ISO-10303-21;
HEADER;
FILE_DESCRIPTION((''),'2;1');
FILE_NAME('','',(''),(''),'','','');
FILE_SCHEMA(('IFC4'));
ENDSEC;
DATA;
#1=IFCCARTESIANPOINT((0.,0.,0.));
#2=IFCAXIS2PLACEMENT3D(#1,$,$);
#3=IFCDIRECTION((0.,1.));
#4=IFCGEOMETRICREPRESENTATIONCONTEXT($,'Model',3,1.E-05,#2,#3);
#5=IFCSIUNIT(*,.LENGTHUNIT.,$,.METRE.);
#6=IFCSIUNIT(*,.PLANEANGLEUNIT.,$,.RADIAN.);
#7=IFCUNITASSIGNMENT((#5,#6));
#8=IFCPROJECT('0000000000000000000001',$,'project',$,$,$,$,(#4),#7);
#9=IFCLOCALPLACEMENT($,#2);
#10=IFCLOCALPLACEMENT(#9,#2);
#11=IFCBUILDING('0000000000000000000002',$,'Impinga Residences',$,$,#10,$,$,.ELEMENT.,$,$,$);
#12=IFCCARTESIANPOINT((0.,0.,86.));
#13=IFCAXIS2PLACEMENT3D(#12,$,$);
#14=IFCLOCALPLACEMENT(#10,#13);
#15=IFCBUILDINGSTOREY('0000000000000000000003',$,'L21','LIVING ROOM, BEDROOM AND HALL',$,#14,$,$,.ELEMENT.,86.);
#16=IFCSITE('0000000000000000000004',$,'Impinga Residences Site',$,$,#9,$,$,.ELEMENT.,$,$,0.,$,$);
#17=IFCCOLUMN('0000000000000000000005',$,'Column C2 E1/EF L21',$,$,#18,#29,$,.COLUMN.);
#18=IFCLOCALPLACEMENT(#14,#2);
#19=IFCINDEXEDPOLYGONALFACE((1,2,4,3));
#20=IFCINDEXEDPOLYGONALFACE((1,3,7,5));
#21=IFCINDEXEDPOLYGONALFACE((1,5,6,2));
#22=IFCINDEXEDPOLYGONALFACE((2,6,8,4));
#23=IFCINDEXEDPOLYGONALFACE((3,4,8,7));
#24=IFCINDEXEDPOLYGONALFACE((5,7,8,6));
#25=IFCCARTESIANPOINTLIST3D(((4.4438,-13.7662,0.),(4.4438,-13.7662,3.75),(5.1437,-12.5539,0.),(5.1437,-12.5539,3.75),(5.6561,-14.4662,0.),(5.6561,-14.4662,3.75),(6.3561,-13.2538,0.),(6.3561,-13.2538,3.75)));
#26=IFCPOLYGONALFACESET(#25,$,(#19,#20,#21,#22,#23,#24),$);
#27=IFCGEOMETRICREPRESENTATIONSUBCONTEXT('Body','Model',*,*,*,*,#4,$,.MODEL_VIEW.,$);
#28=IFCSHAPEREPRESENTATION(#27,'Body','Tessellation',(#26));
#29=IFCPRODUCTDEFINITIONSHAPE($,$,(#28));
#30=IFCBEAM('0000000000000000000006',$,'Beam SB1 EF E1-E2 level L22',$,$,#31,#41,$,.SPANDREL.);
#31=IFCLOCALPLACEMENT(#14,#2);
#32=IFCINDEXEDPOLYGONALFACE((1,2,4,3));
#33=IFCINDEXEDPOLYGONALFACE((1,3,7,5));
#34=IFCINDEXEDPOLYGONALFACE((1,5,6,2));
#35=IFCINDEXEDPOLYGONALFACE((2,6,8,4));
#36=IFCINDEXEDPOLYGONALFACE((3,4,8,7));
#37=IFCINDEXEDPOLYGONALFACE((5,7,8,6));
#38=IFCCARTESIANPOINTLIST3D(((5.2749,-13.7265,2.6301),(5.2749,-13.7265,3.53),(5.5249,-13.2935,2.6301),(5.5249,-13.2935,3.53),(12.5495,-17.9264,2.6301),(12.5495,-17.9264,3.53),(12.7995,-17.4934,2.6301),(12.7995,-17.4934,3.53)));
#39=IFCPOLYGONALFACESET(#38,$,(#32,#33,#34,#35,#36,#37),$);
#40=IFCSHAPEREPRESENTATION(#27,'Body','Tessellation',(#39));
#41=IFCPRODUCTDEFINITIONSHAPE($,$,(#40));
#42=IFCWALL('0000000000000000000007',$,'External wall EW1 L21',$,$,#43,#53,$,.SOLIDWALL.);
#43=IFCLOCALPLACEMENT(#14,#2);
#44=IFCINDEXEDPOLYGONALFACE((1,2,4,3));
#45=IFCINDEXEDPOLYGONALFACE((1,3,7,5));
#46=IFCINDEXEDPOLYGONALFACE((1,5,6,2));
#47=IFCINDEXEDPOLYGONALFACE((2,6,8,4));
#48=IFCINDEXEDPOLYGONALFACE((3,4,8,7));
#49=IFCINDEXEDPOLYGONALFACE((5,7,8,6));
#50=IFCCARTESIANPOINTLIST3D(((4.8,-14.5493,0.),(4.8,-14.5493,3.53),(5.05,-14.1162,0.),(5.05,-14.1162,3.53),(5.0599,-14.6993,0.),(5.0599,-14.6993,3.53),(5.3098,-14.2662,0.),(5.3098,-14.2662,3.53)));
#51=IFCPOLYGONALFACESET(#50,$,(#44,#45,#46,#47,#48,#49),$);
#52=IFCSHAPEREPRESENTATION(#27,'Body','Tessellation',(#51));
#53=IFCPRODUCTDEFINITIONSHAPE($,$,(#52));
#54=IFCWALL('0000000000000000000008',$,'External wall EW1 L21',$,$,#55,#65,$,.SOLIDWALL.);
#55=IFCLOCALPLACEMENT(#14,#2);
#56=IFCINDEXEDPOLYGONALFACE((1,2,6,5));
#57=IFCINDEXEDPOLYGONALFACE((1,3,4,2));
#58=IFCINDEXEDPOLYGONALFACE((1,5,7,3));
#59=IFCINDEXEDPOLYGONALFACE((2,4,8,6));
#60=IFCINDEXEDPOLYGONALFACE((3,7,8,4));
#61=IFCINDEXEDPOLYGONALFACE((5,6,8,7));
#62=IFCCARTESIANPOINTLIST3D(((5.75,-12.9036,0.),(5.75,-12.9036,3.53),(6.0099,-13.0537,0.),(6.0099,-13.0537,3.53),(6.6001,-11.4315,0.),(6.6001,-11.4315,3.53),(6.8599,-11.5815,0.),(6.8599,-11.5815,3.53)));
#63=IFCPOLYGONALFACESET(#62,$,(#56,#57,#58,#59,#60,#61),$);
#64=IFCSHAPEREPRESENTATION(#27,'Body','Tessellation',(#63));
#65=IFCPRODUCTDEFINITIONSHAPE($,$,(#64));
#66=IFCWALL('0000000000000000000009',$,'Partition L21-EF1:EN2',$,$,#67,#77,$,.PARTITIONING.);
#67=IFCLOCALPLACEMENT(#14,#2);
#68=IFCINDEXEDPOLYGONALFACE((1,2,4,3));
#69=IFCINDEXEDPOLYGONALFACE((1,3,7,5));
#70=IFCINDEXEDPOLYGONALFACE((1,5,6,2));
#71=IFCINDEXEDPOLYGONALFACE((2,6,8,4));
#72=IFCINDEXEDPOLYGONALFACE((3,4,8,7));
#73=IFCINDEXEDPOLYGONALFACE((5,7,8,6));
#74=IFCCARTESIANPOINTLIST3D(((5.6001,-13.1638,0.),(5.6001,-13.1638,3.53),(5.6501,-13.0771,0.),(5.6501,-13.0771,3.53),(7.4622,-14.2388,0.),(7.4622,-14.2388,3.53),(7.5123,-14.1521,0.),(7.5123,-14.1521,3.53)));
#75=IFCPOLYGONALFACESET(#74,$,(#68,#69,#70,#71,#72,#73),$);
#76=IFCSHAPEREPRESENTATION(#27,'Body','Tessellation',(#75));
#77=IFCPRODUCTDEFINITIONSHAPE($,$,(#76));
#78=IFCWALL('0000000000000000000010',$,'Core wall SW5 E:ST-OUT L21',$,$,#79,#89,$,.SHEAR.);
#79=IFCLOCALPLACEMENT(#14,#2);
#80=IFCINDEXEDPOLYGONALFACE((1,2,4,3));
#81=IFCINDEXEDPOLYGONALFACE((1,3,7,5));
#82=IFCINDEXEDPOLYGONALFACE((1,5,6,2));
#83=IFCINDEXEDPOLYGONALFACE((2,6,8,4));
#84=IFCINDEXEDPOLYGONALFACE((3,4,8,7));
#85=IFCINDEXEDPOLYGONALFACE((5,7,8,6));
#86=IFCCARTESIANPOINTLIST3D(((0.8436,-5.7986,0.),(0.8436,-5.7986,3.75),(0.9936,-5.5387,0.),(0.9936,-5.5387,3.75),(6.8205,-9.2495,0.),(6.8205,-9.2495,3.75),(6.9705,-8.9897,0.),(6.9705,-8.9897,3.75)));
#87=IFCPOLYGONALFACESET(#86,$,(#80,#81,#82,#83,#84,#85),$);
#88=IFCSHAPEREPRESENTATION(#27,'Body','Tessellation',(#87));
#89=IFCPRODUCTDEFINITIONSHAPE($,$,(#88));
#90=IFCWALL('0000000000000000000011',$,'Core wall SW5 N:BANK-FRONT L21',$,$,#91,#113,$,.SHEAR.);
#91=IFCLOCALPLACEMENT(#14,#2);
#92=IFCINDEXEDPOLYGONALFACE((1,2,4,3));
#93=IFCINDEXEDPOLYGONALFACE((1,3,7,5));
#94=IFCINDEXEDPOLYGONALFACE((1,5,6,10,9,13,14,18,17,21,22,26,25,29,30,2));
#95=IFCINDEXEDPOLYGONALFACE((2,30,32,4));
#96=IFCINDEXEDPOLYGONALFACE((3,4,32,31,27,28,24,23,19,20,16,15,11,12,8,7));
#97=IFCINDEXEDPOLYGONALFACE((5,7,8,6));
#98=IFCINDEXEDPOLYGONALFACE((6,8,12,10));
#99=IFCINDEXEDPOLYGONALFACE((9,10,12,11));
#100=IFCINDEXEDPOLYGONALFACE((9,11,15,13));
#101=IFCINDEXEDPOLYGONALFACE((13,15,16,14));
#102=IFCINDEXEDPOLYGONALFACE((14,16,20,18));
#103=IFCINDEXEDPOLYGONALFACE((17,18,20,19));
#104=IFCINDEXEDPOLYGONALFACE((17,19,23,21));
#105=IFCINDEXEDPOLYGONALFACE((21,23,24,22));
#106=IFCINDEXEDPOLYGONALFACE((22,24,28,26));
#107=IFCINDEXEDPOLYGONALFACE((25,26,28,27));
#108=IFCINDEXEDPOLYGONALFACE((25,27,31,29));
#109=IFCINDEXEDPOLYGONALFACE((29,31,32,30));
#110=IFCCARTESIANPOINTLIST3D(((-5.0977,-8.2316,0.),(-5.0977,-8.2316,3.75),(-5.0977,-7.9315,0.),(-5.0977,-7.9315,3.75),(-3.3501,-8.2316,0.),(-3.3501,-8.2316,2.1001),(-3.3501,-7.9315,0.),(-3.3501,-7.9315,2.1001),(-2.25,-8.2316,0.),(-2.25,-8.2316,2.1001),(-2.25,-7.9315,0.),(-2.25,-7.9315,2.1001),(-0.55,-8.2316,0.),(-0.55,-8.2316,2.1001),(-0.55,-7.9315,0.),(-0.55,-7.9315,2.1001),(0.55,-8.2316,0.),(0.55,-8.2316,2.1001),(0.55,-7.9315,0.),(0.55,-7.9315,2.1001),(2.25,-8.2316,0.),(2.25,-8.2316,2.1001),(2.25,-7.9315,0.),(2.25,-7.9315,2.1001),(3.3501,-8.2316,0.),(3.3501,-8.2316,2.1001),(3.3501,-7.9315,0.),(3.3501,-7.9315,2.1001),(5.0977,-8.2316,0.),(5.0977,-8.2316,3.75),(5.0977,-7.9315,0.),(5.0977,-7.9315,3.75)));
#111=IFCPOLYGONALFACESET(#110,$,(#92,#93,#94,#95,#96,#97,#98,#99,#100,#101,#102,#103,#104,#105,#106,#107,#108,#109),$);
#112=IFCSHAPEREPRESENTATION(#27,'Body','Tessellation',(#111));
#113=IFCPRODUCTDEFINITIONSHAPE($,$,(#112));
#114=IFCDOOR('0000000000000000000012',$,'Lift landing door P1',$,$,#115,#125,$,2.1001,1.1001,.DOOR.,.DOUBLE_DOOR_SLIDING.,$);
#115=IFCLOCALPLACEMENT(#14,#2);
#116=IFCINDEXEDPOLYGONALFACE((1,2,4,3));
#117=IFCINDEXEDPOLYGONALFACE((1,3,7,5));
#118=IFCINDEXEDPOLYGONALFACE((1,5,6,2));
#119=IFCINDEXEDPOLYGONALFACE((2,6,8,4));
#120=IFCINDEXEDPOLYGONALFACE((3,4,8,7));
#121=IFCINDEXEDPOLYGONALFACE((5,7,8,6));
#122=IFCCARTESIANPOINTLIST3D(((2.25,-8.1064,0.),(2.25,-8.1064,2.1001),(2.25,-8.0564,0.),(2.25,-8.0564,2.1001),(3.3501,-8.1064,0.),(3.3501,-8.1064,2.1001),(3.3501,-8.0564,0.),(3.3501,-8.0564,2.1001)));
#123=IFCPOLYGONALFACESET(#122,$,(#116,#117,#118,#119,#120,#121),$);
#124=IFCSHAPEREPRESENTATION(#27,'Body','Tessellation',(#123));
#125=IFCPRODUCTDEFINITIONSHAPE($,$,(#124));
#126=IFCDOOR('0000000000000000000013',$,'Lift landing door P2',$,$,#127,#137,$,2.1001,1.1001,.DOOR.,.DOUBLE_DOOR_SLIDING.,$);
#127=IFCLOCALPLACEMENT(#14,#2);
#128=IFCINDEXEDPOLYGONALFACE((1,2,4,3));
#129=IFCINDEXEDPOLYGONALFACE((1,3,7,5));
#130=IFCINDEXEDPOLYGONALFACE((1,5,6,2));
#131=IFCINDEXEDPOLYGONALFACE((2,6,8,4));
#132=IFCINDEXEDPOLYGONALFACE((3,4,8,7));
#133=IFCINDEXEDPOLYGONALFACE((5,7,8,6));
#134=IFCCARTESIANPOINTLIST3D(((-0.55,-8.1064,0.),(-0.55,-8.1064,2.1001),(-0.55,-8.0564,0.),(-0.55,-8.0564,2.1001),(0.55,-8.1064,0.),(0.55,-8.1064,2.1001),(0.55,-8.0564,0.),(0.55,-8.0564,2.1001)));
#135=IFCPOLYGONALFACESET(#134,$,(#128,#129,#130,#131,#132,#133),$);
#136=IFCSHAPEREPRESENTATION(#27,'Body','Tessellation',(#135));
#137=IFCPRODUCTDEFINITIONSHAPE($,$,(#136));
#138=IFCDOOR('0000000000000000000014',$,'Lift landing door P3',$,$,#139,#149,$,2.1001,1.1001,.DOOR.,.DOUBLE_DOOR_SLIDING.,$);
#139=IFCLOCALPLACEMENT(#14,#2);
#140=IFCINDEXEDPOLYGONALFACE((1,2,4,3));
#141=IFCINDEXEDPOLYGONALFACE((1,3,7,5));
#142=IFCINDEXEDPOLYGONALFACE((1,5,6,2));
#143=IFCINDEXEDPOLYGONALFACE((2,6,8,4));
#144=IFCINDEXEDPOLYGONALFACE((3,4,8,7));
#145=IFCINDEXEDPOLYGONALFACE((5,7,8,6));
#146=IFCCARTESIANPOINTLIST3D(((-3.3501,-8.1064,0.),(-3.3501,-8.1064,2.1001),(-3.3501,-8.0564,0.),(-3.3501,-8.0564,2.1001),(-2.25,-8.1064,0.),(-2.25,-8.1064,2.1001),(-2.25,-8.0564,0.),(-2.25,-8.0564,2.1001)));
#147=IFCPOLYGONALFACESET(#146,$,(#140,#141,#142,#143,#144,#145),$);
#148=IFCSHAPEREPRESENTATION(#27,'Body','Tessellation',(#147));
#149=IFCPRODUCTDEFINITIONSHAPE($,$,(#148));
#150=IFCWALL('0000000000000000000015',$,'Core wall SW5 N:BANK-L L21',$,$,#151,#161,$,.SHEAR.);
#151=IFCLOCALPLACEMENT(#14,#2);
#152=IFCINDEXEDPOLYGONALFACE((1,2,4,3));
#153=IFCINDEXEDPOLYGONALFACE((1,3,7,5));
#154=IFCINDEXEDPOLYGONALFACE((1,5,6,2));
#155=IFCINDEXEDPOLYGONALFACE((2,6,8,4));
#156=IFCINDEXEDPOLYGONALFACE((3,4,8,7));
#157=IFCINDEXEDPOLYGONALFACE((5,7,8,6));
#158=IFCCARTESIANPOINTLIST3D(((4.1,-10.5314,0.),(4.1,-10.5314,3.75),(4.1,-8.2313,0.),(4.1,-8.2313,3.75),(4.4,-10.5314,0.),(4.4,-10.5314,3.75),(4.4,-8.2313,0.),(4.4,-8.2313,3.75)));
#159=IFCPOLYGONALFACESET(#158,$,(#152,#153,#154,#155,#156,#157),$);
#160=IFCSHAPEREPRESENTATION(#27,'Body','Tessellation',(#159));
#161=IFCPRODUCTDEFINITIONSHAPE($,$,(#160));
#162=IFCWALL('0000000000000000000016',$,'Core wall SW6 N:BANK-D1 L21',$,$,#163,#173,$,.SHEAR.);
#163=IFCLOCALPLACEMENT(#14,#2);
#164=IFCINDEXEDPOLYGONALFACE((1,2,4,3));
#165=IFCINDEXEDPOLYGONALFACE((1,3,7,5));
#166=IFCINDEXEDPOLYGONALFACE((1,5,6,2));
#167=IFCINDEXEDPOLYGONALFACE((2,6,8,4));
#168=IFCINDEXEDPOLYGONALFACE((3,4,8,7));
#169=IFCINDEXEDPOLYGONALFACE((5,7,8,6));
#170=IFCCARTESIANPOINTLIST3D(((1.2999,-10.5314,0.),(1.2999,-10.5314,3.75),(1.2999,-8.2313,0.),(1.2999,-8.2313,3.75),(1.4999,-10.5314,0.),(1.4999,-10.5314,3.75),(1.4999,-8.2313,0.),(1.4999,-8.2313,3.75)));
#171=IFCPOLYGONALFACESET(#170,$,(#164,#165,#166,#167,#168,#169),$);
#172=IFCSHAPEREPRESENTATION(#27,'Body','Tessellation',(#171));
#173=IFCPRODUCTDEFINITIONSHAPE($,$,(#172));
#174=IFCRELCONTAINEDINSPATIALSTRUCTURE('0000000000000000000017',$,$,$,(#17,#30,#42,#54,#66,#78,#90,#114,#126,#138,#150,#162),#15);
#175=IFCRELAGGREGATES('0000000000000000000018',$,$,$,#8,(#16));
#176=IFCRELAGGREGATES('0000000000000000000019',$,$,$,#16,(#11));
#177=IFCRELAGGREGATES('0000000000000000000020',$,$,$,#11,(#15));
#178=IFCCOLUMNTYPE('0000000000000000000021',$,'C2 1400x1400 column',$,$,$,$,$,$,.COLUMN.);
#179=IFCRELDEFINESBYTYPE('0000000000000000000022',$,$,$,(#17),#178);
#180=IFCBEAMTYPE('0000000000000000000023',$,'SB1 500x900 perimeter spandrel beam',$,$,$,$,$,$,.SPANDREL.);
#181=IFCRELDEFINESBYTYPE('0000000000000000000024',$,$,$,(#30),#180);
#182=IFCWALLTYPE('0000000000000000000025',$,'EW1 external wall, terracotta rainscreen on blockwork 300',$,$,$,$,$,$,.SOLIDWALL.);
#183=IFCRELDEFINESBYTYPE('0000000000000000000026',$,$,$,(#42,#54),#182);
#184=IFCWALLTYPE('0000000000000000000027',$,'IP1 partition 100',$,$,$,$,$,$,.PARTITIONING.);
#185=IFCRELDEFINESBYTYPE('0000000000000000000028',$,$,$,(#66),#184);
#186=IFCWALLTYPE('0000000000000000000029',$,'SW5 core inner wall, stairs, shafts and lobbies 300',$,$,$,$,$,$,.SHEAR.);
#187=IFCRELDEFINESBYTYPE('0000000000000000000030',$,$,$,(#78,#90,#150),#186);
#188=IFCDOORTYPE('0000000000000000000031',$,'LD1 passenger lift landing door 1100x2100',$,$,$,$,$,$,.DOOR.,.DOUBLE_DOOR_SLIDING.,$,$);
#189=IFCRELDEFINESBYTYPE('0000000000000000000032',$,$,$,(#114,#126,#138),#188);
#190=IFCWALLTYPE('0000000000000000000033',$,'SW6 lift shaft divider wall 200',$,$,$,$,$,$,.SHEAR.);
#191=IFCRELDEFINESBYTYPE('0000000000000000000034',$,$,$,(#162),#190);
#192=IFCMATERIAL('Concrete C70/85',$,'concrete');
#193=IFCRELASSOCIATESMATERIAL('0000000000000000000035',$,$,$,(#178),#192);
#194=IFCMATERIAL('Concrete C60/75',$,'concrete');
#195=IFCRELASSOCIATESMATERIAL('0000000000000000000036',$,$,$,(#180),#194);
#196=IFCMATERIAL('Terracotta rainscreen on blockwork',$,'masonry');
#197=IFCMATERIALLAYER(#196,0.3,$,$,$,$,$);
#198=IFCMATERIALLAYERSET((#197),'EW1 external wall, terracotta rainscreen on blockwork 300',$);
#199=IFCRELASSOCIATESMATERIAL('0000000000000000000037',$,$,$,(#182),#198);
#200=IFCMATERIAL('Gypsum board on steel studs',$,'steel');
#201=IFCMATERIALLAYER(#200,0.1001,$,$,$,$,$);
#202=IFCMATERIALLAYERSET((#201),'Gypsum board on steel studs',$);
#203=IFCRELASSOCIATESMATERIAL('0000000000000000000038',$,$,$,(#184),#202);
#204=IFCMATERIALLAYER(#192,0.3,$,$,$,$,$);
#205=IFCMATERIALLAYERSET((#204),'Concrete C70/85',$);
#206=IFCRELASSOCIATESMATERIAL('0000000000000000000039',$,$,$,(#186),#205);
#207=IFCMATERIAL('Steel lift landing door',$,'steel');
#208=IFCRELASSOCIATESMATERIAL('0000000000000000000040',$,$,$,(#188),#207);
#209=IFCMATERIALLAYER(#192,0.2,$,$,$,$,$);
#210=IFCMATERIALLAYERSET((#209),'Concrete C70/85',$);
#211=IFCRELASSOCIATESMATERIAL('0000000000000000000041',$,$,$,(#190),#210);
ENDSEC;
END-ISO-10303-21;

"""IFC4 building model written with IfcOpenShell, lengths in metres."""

from ifc_helpers import new_model, si_unit, direction, frame, frame_2d, origin, origin_2d, place, context, subcontext, project, spatial, rectangle, extrude, material, layer, layer_set, material_profile, profile_set, type_object, element, fill, save


model = new_model("IFC4")

# Units and contexts
model_context = context("Model", 3, precision=1e-05, world=origin(), true_north=direction((0.0, 1.0)))
body_context = subcontext(model_context, "Body", "Model", "MODEL_VIEW")
ifc_project = project(units=[si_unit("LENGTHUNIT", "METRE"), si_unit("PLANEANGLEUNIT", "RADIAN")], contexts=[model_context])

# Site, building, storey
site_placement = place(None, origin())
site = spatial("IfcSite", under=ifc_project, at=site_placement, Name="Impinga Residences Site", CompositionType="ELEMENT", RefElevation=0.0)
building_placement = place(site_placement, origin())
building = spatial("IfcBuilding", under=site, at=building_placement, Name="Impinga Residences", CompositionType="ELEMENT")
storey_placement = place(building_placement, frame((0.0, 0.0, 86.0)))
storey = spatial("IfcBuildingStorey", under=building, at=storey_placement, Name="L21", Description="LIVING ROOM, BEDROOM AND HALL", CompositionType="ELEMENT", Elevation=86.0)

# Column
ifc_material_1 = material(Name="Concrete C70/85", Category="concrete")
ifc_material_profile_1 = material_profile(ifc_material_1, rectangle(XDim=1.3999, YDim=1.3999, at=origin_2d()), Name="RC 1400x1400")
ifc_profile_set_1 = profile_set([ifc_material_profile_1], Name="Concrete C70/85")
column_type = type_object("IfcColumnType", Name="C2 1400x1400 column", PredefinedType="COLUMN", material=ifc_profile_set_1)
column_placement = place(storey_placement, frame((5.3999, -13.51, 0.0), z_axis=(0.0, 0.0, 1.0), x_axis=(-0.5, -0.866025, 0.0)))
element("IfcColumn", 1, at=column_placement, inside=storey, type_object=column_type, Name="Column C2 E1/EF L21", PredefinedType="COLUMN", context=body_context, shape_type="SweptSolid", body=[
    extrude(rectangle(XDim=1.3999, YDim=1.3999, at=origin_2d()), origin(), (0.0, 0.0, 1.0), 3.75),
])

# Beam
ifc_material_2 = material(Name="Concrete C60/75", Category="concrete")
ifc_material_profile_2 = material_profile(ifc_material_2, rectangle(XDim=0.5, YDim=0.8999, at=origin_2d()), Name="RC 500x900")
ifc_profile_set_2 = profile_set([ifc_material_profile_2], Name="Concrete C60/75")
beam_type = type_object("IfcBeamType", Name="SB1 500x900 perimeter spandrel beam", PredefinedType="SPANDREL", material=ifc_profile_set_2)
beam_placement = place(storey_placement, frame((5.3999, -13.51, 3.0801), z_axis=(0.866029, -0.499993, 0.0), x_axis=(0.499993, 0.866029, 0.0)))
element("IfcBeam", 2, at=beam_placement, inside=storey, type_object=beam_type, Name="Beam SB1 EF E1-E2 level L22", PredefinedType="SPANDREL", context=body_context, shape_type="SweptSolid", body=[
    extrude(rectangle(XDim=0.5, YDim=0.8999, at=origin_2d()), origin(), (0.0, 0.0, 1.0), 8.3999),
])

# Walls
ifc_material_3 = material(Name="Terracotta rainscreen on blockwork", Category="masonry")
ifc_layer_1 = layer(ifc_material_3, 0.3)
ifc_layer_set_1 = layer_set([ifc_layer_1], Name="EW1 external wall, terracotta rainscreen on blockwork 300")
wall_type_1 = type_object("IfcWallType", Name="EW1 external wall, terracotta rainscreen on blockwork 300", PredefinedType="SOLIDWALL", material=ifc_layer_set_1)
wall_1_placement = place(storey_placement, frame((4.9299, -14.6243, 0.0), z_axis=(0.0, 0.0, 1.0), x_axis=(0.49992, 0.866072, 0.0)))
element("IfcWall", 3, at=wall_1_placement, inside=storey, type_object=wall_type_1, Name="External wall EW1 L21", PredefinedType="SOLIDWALL", context=body_context, shape_type="SweptSolid", body=[
    extrude(rectangle(XDim=0.5, YDim=0.3, at=frame_2d((0.25, 0.0))), origin(), (0.0, 0.0, 1.0), 3.53),
])
wall_2_placement = place(storey_placement, frame((5.8799, -12.9788, 0.0), z_axis=(0.0, 0.0, 1.0), x_axis=(0.500062, 0.865989, 0.0)))
element("IfcWall", 4, at=wall_2_placement, inside=storey, type_object=wall_type_1, Name="External wall EW1 L21", PredefinedType="SOLIDWALL", context=body_context, shape_type="SweptSolid", body=[
    extrude(rectangle(XDim=1.7, YDim=0.3, at=frame_2d((0.8501, 0.0))), origin(), (0.0, 0.0, 1.0), 3.53),
])
ifc_material_4 = material(Name="Gypsum board on steel studs", Category="steel")
ifc_layer_2 = layer(ifc_material_4, 0.1001)
ifc_layer_set_2 = layer_set([ifc_layer_2], Name="Gypsum board on steel studs")
wall_type_2 = type_object("IfcWallType", Name="IP1 partition 100", PredefinedType="PARTITIONING", material=ifc_layer_set_2)
wall_3_placement = place(storey_placement, frame((5.625, -13.1204, 0.0), z_axis=(0.0, 0.0, 1.0), x_axis=(0.866048, -0.499962, 0.0)))
element("IfcWall", 5, at=wall_3_placement, inside=storey, type_object=wall_type_2, Name="Partition L21-EF1:EN2", PredefinedType="PARTITIONING", context=body_context, shape_type="SweptSolid", body=[
    extrude(rectangle(XDim=2.1501, YDim=0.1001, at=frame_2d((1.0752, 0.0))), origin(), (0.0, 0.0, 1.0), 3.53),
])
ifc_layer_3 = layer(ifc_material_1, 0.3)
ifc_layer_set_3 = layer_set([ifc_layer_3], Name="Concrete C70/85")
wall_type_3 = type_object("IfcWallType", Name="SW5 core inner wall, stairs, shafts and lobbies 300", PredefinedType="SHEAR", material=ifc_layer_set_3)
wall_4_placement = place(storey_placement, frame((0.9187, -5.6687, 0.0), z_axis=(0.0, 0.0, 1.0), x_axis=(0.866012, -0.500024, 0.0)))
element("IfcWall", 6, at=wall_4_placement, inside=storey, type_object=wall_type_3, Name="Core wall SW5 E:ST-OUT L21", PredefinedType="SHEAR", context=body_context, shape_type="SweptSolid", body=[
    extrude(rectangle(XDim=6.9016, YDim=0.3, at=frame_2d((3.4507, 0.0))), origin(), (0.0, 0.0, 1.0), 3.75),
])

# Wall, openings, doors
wall_5_placement = place(storey_placement, frame((5.0977, -8.0815, 0.0), z_axis=(0.0, 0.0, 1.0), x_axis=(-1.0, 0.0, 0.0)))
wall_5 = element("IfcWall", 7, at=wall_5_placement, inside=storey, type_object=wall_type_3, Name="Core wall SW5 N:BANK-FRONT L21", PredefinedType="SHEAR", context=body_context, shape_type="SweptSolid", body=[
    extrude(rectangle(XDim=10.1953, YDim=0.3, at=frame_2d((5.0977, 0.0))), origin(), (0.0, 0.0, 1.0), 3.75),
])
opening_1_placement = place(wall_5_placement, frame((1.7476, 0.0, 0.0)))
opening_1 = element("IfcOpeningElement", 8, at=opening_1_placement, cuts=wall_5, PredefinedType="OPENING", context=body_context, shape_type="SweptSolid", body=[
    extrude(rectangle(XDim=1.1001, YDim=2.1001, at=frame_2d((0.55, 1.05))), frame((0.0, 0.1599, 0.0), z_axis=(0.0, -1.0, 0.0), x_axis=(1.0, 0.0, 0.0)), (0.0, 0.0, 1.0), 0.3201),
])
opening_2_placement = place(wall_5_placement, frame((4.5476, 0.0, 0.0)))
opening_2 = element("IfcOpeningElement", 9, at=opening_2_placement, cuts=wall_5, PredefinedType="OPENING", context=body_context, shape_type="SweptSolid", body=[
    extrude(rectangle(XDim=1.1001, YDim=2.1001, at=frame_2d((0.55, 1.05))), frame((0.0, 0.1599, 0.0), z_axis=(0.0, -1.0, 0.0), x_axis=(1.0, 0.0, 0.0)), (0.0, 0.0, 1.0), 0.3201),
])
opening_3_placement = place(wall_5_placement, frame((7.3477, 0.0, 0.0)))
opening_3 = element("IfcOpeningElement", 10, at=opening_3_placement, cuts=wall_5, PredefinedType="OPENING", context=body_context, shape_type="SweptSolid", body=[
    extrude(rectangle(XDim=1.1001, YDim=2.1001, at=frame_2d((0.55, 1.05))), frame((0.0, 0.1599, 0.0), z_axis=(0.0, -1.0, 0.0), x_axis=(1.0, 0.0, 0.0)), (0.0, 0.0, 1.0), 0.3201),
])
ifc_material_5 = material(Name="Steel lift landing door", Category="steel")
door_type = type_object("IfcDoorType", Name="LD1 passenger lift landing door 1100x2100", OperationType="DOUBLE_DOOR_SLIDING", PredefinedType="DOOR", material=ifc_material_5)
door_1_placement = place(opening_1_placement, origin())
door_1 = element("IfcDoor", 11, at=door_1_placement, inside=storey, type_object=door_type, Name="Lift landing door P1", OperationType="DOUBLE_DOOR_SLIDING", OverallHeight=2.1001, OverallWidth=1.1001, PredefinedType="DOOR", context=body_context, shape_type="SweptSolid", body=[
    extrude(rectangle(XDim=1.1001, YDim=2.1001, at=frame_2d((0.55, 1.05))), frame((0.0, 0.0249, 0.0), z_axis=(0.0, -1.0, 0.0), x_axis=(1.0, 0.0, 0.0)), (0.0, 0.0, 1.0), 0.05),
])
fill(opening_1, door_1)
door_2_placement = place(opening_2_placement, origin())
door_2 = element("IfcDoor", 12, at=door_2_placement, inside=storey, type_object=door_type, Name="Lift landing door P2", OperationType="DOUBLE_DOOR_SLIDING", OverallHeight=2.1001, OverallWidth=1.1001, PredefinedType="DOOR", context=body_context, shape_type="SweptSolid", body=[
    extrude(rectangle(XDim=1.1001, YDim=2.1001, at=frame_2d((0.55, 1.05))), frame((0.0, 0.0249, 0.0), z_axis=(0.0, -1.0, 0.0), x_axis=(1.0, 0.0, 0.0)), (0.0, 0.0, 1.0), 0.05),
])
fill(opening_2, door_2)
door_3_placement = place(opening_3_placement, origin())
door_3 = element("IfcDoor", 13, at=door_3_placement, inside=storey, type_object=door_type, Name="Lift landing door P3", OperationType="DOUBLE_DOOR_SLIDING", OverallHeight=2.1001, OverallWidth=1.1001, PredefinedType="DOOR", context=body_context, shape_type="SweptSolid", body=[
    extrude(rectangle(XDim=1.1001, YDim=2.1001, at=frame_2d((0.55, 1.05))), frame((0.0, 0.0249, 0.0), z_axis=(0.0, -1.0, 0.0), x_axis=(1.0, 0.0, 0.0)), (0.0, 0.0, 1.0), 0.05),
])
fill(opening_3, door_3)

# Walls
wall_6_placement = place(storey_placement, frame((4.25, -8.2314, 0.0), z_axis=(0.0, 0.0, 1.0), x_axis=(0.0, -1.0, 0.0)))
element("IfcWall", 14, at=wall_6_placement, inside=storey, type_object=wall_type_3, Name="Core wall SW5 N:BANK-L L21", PredefinedType="SHEAR", context=body_context, shape_type="SweptSolid", body=[
    extrude(rectangle(XDim=2.3, YDim=0.3, at=frame_2d((1.1499, 0.0))), origin(), (0.0, 0.0, 1.0), 3.75),
])
ifc_layer_4 = layer(ifc_material_1, 0.2)
ifc_layer_set_4 = layer_set([ifc_layer_4], Name="Concrete C70/85")
wall_type_4 = type_object("IfcWallType", Name="SW6 lift shaft divider wall 200", PredefinedType="SHEAR", material=ifc_layer_set_4)
wall_7_placement = place(storey_placement, frame((1.3999, -8.2314, 0.0), z_axis=(0.0, 0.0, 1.0), x_axis=(0.0, -1.0, 0.0)))
element("IfcWall", 15, at=wall_7_placement, inside=storey, type_object=wall_type_4, Name="Core wall SW6 N:BANK-D1 L21", PredefinedType="SHEAR", context=body_context, shape_type="SweptSolid", body=[
    extrude(rectangle(XDim=2.3, YDim=0.2, at=frame_2d((1.1499, 0.0))), origin(), (0.0, 0.0, 1.0), 3.75),
])

save(model, "model.ifc")
